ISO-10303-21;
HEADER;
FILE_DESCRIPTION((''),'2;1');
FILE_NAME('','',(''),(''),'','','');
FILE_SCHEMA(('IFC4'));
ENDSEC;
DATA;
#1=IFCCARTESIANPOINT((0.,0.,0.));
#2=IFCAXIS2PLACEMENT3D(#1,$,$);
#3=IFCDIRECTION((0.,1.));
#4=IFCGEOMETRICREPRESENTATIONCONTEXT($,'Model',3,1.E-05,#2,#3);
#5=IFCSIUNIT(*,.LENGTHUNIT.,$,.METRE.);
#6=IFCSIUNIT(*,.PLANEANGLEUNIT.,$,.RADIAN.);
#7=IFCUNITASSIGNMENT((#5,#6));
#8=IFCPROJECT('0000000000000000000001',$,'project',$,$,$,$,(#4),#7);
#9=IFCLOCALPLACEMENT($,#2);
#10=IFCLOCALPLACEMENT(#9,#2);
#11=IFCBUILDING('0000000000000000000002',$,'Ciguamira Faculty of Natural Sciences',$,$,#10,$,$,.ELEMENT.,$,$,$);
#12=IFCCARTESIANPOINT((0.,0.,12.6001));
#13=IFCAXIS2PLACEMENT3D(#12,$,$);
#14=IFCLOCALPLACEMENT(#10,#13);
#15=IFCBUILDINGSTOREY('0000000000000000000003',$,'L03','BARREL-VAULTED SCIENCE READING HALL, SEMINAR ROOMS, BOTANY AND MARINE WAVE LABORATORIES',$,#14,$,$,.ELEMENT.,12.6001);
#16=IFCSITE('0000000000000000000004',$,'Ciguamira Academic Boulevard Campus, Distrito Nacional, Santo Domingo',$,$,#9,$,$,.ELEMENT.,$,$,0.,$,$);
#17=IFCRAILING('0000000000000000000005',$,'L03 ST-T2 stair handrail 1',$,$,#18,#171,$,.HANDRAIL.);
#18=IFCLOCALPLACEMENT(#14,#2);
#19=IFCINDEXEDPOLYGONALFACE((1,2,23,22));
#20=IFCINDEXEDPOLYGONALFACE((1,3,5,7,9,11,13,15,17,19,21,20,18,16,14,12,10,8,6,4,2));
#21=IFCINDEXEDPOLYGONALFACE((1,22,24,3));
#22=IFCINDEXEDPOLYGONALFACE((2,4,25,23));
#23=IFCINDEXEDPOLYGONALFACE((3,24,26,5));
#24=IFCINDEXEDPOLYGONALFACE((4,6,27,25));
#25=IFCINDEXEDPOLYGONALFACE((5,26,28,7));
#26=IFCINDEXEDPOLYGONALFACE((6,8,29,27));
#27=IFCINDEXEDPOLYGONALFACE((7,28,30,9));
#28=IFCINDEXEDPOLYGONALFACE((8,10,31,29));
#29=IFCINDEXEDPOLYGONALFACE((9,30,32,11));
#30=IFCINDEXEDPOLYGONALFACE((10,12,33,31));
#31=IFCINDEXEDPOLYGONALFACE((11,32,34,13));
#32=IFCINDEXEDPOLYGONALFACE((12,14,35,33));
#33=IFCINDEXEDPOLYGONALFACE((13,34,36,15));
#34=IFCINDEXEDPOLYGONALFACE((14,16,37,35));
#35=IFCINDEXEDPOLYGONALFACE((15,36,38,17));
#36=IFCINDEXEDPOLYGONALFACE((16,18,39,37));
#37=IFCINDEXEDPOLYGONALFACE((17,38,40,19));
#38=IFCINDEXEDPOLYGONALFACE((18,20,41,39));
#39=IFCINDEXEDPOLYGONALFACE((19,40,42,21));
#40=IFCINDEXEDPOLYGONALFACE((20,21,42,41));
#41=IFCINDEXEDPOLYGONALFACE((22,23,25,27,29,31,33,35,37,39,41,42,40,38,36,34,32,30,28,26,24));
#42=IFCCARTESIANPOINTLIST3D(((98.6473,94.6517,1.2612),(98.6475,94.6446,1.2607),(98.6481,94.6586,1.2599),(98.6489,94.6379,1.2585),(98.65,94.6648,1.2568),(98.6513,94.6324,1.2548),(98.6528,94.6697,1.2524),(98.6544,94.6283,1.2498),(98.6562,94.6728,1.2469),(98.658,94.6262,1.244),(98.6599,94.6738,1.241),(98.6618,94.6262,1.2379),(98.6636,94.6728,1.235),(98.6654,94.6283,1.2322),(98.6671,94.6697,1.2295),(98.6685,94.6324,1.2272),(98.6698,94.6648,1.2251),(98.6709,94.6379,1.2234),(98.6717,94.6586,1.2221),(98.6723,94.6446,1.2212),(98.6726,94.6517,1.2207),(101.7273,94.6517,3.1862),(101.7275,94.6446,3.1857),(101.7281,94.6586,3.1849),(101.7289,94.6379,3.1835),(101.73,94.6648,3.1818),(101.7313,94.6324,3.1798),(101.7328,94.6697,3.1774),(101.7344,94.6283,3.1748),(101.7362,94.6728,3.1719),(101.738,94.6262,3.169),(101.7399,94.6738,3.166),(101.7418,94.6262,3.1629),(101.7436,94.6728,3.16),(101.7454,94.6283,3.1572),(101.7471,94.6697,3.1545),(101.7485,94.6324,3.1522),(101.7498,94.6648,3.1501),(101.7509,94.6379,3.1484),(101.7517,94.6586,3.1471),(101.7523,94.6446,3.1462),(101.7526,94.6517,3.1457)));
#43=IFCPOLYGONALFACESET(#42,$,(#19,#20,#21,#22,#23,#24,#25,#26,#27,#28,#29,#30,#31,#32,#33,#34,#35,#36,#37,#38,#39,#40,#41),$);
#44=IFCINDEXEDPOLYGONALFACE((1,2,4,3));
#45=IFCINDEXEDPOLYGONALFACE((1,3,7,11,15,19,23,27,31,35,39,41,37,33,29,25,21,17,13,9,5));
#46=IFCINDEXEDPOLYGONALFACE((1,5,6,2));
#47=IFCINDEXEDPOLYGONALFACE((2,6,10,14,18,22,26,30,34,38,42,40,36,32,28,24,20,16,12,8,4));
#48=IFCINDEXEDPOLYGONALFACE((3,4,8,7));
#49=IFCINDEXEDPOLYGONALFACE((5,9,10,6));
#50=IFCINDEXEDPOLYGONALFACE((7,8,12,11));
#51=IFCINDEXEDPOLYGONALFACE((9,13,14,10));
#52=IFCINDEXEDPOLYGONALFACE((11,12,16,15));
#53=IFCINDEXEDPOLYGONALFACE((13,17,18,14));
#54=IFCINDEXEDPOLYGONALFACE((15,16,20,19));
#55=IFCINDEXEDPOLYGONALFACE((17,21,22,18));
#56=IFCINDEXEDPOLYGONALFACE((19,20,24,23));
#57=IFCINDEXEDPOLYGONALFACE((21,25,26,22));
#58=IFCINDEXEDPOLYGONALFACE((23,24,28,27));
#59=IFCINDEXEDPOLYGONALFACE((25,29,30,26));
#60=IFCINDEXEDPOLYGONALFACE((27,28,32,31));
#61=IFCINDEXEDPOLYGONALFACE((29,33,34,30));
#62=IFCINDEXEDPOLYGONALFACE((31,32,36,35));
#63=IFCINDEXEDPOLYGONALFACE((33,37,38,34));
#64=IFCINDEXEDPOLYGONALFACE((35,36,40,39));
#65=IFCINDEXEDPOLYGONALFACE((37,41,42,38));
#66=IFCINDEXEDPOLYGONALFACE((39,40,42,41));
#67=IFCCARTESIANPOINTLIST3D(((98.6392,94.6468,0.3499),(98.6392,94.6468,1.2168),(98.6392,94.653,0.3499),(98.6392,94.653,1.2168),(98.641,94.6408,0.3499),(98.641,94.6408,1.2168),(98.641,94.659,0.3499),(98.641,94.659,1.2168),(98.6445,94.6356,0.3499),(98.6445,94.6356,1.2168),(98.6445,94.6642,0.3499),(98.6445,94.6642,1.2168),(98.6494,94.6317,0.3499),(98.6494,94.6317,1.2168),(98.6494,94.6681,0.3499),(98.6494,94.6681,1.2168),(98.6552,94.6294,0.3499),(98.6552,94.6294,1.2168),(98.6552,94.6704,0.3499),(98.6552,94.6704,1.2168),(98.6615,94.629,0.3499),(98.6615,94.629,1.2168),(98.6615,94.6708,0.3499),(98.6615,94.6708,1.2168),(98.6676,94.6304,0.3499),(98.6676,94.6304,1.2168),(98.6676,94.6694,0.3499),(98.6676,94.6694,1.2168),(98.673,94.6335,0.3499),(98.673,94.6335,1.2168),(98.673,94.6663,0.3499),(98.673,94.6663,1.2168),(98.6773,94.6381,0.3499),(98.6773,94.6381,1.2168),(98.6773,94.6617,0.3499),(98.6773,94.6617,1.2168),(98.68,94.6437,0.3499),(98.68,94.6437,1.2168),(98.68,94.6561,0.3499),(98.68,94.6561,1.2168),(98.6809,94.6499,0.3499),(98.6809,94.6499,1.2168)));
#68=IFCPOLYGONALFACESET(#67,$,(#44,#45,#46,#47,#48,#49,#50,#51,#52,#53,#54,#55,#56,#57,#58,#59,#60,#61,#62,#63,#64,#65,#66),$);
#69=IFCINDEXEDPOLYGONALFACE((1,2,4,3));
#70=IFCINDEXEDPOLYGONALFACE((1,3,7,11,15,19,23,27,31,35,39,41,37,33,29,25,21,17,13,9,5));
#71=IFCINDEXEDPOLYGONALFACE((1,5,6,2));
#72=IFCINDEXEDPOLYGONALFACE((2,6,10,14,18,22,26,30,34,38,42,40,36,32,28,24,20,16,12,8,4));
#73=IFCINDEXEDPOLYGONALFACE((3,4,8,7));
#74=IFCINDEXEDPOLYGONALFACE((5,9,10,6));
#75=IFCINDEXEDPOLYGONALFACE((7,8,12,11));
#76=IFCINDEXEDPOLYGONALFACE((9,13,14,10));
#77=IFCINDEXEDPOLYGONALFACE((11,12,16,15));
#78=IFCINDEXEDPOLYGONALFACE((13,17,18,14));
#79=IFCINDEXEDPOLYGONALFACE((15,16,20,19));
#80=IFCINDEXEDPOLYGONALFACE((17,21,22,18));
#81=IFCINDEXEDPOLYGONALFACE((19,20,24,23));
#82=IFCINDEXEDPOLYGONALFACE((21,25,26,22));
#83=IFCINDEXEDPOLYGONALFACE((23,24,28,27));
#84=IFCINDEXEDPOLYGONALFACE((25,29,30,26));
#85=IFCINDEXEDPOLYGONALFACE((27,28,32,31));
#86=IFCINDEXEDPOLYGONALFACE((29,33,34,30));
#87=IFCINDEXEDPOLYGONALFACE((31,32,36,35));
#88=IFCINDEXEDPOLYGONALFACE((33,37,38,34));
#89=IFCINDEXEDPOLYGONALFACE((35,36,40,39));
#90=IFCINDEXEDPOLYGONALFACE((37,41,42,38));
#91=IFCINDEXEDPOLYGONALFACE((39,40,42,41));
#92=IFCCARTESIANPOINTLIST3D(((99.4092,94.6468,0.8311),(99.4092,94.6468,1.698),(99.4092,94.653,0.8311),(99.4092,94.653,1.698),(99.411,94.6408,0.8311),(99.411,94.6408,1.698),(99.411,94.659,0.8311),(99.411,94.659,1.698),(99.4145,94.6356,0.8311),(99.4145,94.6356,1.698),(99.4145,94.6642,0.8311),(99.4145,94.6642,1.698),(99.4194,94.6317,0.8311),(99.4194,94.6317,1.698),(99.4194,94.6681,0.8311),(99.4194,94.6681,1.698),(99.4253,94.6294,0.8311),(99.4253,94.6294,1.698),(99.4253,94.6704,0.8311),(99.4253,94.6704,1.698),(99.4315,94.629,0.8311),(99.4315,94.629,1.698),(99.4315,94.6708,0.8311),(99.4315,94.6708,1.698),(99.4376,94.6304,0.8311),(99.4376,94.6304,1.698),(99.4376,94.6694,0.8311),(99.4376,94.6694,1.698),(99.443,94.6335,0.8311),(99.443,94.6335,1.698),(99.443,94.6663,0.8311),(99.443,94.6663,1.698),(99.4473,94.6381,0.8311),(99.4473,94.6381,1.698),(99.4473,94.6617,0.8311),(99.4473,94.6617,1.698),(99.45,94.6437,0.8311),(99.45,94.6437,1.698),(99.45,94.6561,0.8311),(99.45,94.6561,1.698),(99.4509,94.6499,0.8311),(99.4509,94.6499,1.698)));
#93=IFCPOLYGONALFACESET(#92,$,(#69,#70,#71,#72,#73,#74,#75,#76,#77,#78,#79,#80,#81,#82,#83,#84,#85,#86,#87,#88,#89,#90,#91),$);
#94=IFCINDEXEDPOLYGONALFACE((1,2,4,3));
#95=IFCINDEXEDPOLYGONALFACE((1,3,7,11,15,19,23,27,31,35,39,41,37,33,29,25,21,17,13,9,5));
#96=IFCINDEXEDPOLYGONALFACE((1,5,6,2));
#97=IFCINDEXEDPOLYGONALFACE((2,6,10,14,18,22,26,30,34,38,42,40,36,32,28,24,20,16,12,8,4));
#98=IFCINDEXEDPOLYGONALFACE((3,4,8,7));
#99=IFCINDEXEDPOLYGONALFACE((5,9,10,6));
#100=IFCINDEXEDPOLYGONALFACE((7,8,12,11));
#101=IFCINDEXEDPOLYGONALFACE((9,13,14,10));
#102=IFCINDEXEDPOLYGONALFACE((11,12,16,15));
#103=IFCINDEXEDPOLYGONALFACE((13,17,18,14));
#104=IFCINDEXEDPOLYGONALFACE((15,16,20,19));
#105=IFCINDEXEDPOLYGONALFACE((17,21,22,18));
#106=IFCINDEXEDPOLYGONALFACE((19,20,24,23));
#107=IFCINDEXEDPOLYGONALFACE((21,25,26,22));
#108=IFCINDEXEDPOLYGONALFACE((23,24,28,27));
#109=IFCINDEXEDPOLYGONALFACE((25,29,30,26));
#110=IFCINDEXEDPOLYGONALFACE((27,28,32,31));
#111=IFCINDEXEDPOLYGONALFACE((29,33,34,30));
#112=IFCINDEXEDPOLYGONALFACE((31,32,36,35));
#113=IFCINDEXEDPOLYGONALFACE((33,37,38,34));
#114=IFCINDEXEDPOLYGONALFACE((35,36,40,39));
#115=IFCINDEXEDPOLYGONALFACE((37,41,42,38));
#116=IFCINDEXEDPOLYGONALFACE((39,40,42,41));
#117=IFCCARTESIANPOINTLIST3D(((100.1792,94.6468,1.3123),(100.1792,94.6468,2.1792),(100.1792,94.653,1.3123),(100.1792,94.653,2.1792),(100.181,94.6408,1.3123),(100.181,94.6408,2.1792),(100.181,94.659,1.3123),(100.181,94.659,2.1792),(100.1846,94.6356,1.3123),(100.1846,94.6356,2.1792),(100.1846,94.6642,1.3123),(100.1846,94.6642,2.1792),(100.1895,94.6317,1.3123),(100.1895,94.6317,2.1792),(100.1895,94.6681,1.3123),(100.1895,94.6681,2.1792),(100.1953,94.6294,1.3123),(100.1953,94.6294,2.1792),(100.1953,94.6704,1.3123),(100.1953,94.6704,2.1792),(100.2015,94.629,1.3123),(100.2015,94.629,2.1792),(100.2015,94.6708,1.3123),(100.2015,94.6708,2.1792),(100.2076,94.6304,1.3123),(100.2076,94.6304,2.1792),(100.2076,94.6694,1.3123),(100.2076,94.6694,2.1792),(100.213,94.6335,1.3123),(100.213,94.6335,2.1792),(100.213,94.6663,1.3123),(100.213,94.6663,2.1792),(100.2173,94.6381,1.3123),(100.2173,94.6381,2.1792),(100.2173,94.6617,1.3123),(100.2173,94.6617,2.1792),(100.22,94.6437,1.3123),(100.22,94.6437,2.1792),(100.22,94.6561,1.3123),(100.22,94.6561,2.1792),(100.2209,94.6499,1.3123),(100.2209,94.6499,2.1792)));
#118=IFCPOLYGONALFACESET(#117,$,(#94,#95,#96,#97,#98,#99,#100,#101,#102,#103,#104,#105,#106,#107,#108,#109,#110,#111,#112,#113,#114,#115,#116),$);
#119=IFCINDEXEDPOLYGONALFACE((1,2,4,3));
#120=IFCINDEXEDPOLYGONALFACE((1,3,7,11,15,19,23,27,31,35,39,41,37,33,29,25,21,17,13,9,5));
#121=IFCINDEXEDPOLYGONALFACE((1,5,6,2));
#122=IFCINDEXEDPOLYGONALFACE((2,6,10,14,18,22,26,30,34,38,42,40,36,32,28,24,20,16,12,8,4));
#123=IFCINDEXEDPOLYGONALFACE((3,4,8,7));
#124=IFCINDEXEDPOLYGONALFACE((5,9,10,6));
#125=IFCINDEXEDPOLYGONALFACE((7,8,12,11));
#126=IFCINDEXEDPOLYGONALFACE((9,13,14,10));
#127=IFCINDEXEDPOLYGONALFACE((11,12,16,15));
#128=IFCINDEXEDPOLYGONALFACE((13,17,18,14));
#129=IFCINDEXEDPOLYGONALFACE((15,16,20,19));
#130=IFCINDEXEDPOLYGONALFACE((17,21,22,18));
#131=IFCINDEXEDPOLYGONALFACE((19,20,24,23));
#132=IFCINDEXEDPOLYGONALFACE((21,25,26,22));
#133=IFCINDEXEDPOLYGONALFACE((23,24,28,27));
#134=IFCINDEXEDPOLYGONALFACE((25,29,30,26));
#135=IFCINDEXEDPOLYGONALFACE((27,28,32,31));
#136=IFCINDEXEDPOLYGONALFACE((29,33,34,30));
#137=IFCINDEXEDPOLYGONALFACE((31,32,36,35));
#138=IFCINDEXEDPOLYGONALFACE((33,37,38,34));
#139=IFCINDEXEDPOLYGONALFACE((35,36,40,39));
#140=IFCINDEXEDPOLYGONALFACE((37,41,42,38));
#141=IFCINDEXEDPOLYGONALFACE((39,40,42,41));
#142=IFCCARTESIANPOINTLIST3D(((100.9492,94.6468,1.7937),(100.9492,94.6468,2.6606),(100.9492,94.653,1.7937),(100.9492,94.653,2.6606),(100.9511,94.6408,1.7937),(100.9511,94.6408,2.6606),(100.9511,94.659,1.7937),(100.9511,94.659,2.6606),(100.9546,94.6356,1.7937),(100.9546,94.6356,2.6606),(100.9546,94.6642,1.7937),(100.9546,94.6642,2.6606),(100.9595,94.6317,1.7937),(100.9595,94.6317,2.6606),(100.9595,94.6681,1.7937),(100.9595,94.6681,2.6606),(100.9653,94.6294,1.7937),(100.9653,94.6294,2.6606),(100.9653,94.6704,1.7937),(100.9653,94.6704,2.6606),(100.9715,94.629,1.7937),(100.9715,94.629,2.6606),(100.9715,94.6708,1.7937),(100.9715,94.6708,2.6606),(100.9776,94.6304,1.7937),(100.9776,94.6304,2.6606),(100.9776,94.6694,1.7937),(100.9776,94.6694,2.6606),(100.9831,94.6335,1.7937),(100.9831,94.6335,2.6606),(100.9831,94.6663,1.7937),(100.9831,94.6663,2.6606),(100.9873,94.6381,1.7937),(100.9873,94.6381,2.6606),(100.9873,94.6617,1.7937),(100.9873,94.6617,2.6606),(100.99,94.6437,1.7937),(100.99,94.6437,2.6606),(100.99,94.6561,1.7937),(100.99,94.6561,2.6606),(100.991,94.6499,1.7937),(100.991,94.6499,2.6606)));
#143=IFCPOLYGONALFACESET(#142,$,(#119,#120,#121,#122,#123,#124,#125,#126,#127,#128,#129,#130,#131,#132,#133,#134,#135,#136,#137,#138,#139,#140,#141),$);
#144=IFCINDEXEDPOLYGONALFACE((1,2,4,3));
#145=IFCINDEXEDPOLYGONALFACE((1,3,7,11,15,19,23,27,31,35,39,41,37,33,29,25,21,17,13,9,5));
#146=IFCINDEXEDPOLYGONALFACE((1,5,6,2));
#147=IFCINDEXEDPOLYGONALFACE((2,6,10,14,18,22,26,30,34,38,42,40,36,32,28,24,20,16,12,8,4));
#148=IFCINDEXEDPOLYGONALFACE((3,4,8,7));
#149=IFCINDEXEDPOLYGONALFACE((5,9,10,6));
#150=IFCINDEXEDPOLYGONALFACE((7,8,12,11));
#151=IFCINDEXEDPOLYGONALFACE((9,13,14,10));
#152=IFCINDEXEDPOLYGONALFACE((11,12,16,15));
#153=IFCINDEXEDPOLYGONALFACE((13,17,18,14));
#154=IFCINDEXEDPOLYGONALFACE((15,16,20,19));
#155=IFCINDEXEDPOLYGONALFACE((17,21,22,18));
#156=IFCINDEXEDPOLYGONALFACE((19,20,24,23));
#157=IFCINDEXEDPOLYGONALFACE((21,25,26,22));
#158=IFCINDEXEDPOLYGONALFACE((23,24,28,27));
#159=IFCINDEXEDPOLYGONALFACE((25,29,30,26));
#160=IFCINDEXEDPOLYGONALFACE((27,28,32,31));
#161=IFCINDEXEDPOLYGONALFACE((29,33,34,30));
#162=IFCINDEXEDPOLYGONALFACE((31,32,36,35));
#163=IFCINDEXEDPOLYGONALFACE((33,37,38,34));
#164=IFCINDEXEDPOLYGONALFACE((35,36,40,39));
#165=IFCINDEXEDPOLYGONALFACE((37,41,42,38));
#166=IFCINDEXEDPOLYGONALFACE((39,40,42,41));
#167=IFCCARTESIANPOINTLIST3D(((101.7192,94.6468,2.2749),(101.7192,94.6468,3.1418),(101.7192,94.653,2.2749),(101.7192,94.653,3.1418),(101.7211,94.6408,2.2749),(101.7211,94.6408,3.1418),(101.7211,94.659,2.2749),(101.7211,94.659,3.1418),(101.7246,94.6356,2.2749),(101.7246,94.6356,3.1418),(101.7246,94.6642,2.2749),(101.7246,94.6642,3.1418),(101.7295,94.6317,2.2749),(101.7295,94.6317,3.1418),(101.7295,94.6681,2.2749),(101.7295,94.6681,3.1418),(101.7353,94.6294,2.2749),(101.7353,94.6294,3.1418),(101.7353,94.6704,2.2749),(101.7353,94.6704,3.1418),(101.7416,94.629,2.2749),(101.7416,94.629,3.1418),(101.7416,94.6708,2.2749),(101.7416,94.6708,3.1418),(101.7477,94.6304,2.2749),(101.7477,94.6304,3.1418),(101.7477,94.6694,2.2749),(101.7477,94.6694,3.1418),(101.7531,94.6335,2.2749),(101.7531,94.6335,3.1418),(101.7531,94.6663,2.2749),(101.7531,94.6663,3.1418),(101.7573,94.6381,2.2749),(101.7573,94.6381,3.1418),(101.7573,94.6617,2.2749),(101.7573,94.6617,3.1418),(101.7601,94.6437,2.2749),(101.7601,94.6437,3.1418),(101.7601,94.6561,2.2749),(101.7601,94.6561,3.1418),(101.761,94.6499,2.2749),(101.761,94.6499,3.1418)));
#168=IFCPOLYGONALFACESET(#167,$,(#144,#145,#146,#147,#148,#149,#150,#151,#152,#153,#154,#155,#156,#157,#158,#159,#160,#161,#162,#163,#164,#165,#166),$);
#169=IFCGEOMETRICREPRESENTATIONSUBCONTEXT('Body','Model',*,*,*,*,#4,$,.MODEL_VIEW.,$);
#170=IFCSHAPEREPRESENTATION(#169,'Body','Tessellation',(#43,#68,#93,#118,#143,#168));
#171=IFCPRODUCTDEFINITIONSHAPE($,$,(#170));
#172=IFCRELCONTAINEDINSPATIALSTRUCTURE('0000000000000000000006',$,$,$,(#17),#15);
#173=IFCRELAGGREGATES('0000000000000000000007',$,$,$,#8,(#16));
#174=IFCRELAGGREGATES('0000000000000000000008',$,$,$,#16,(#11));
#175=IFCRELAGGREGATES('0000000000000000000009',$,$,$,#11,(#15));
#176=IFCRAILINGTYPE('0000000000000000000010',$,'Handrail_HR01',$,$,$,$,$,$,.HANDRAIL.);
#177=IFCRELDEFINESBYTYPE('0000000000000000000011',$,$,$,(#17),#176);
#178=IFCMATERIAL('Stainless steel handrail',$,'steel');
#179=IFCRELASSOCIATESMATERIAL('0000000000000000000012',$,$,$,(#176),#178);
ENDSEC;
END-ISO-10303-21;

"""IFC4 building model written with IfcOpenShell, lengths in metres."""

from ifc_helpers import new_model, si_unit, direction, frame, origin, origin_2d, place, context, subcontext, project, spatial, circle, extrude, material, type_object, element, save


model = new_model("IFC4")

# Units and contexts
model_context = context("Model", 3, precision=1e-05, world=origin(), true_north=direction((0.0, 1.0)))
body_context = subcontext(model_context, "Body", "Model", "MODEL_VIEW")
ifc_project = project(units=[si_unit("LENGTHUNIT", "METRE"), si_unit("PLANEANGLEUNIT", "RADIAN")], contexts=[model_context])

# Site, building, storey
site_placement = place(None, origin())
site = spatial("IfcSite", under=ifc_project, at=site_placement, Name="Ciguamira Academic Boulevard Campus, Distrito Nacional, Santo Domingo", CompositionType="ELEMENT", RefElevation=0.0)
building_placement = place(site_placement, origin())
building = spatial("IfcBuilding", under=site, at=building_placement, Name="Ciguamira Faculty of Natural Sciences", CompositionType="ELEMENT")
storey_placement = place(building_placement, frame((0.0, 0.0, 12.6001)))
storey = spatial("IfcBuildingStorey", under=building, at=storey_placement, Name="L03", Description="BARREL-VAULTED SCIENCE READING HALL, SEMINAR ROOMS, BOTANY AND MARINE WAVE LABORATORIES", CompositionType="ELEMENT", Elevation=12.6001)

# Railing
ifc_material_1 = material(Name="Stainless steel handrail", Category="steel")
railing_type_1 = type_object("IfcRailingType", Name="Handrail_HR01", PredefinedType="HANDRAIL", material=ifc_material_1)
railing_1_placement = place(storey_placement, frame((98.6599, 94.6499, 0.3499)))
element("IfcRailing", 1, at=railing_1_placement, inside=storey, type_object=railing_type_1, Name="L03 ST-T2 stair handrail 1", PredefinedType="HANDRAIL", context=body_context, shape_type="SweptSolid", body=[
    extrude(circle(Radius=0.0239, at=origin_2d()), frame((0.0, 0.0, 0.8911), z_axis=(0.847998, 0.0, 0.529999), x_axis=(0.0, 1.0, 0.0)), (0.0, 0.0, 1.0), 3.6321),
    extrude(circle(Radius=0.021, at=origin_2d()), origin(), (0.0, 0.0, 1.0), 0.8669),
    extrude(circle(Radius=0.021, at=origin_2d()), frame((0.77, 0.0, 0.4812)), (0.0, 0.0, 1.0), 0.8669),
    extrude(circle(Radius=0.021, at=origin_2d()), frame((1.54, 0.0, 0.9624)), (0.0, 0.0, 1.0), 0.8669),
    extrude(circle(Radius=0.021, at=origin_2d()), frame((2.3101, 0.0, 1.4438)), (0.0, 0.0, 1.0), 0.8669),
    extrude(circle(Radius=0.021, at=origin_2d()), frame((3.0801, 0.0, 1.925)), (0.0, 0.0, 1.0), 0.8669),
])

save(model, "model.ifc")
